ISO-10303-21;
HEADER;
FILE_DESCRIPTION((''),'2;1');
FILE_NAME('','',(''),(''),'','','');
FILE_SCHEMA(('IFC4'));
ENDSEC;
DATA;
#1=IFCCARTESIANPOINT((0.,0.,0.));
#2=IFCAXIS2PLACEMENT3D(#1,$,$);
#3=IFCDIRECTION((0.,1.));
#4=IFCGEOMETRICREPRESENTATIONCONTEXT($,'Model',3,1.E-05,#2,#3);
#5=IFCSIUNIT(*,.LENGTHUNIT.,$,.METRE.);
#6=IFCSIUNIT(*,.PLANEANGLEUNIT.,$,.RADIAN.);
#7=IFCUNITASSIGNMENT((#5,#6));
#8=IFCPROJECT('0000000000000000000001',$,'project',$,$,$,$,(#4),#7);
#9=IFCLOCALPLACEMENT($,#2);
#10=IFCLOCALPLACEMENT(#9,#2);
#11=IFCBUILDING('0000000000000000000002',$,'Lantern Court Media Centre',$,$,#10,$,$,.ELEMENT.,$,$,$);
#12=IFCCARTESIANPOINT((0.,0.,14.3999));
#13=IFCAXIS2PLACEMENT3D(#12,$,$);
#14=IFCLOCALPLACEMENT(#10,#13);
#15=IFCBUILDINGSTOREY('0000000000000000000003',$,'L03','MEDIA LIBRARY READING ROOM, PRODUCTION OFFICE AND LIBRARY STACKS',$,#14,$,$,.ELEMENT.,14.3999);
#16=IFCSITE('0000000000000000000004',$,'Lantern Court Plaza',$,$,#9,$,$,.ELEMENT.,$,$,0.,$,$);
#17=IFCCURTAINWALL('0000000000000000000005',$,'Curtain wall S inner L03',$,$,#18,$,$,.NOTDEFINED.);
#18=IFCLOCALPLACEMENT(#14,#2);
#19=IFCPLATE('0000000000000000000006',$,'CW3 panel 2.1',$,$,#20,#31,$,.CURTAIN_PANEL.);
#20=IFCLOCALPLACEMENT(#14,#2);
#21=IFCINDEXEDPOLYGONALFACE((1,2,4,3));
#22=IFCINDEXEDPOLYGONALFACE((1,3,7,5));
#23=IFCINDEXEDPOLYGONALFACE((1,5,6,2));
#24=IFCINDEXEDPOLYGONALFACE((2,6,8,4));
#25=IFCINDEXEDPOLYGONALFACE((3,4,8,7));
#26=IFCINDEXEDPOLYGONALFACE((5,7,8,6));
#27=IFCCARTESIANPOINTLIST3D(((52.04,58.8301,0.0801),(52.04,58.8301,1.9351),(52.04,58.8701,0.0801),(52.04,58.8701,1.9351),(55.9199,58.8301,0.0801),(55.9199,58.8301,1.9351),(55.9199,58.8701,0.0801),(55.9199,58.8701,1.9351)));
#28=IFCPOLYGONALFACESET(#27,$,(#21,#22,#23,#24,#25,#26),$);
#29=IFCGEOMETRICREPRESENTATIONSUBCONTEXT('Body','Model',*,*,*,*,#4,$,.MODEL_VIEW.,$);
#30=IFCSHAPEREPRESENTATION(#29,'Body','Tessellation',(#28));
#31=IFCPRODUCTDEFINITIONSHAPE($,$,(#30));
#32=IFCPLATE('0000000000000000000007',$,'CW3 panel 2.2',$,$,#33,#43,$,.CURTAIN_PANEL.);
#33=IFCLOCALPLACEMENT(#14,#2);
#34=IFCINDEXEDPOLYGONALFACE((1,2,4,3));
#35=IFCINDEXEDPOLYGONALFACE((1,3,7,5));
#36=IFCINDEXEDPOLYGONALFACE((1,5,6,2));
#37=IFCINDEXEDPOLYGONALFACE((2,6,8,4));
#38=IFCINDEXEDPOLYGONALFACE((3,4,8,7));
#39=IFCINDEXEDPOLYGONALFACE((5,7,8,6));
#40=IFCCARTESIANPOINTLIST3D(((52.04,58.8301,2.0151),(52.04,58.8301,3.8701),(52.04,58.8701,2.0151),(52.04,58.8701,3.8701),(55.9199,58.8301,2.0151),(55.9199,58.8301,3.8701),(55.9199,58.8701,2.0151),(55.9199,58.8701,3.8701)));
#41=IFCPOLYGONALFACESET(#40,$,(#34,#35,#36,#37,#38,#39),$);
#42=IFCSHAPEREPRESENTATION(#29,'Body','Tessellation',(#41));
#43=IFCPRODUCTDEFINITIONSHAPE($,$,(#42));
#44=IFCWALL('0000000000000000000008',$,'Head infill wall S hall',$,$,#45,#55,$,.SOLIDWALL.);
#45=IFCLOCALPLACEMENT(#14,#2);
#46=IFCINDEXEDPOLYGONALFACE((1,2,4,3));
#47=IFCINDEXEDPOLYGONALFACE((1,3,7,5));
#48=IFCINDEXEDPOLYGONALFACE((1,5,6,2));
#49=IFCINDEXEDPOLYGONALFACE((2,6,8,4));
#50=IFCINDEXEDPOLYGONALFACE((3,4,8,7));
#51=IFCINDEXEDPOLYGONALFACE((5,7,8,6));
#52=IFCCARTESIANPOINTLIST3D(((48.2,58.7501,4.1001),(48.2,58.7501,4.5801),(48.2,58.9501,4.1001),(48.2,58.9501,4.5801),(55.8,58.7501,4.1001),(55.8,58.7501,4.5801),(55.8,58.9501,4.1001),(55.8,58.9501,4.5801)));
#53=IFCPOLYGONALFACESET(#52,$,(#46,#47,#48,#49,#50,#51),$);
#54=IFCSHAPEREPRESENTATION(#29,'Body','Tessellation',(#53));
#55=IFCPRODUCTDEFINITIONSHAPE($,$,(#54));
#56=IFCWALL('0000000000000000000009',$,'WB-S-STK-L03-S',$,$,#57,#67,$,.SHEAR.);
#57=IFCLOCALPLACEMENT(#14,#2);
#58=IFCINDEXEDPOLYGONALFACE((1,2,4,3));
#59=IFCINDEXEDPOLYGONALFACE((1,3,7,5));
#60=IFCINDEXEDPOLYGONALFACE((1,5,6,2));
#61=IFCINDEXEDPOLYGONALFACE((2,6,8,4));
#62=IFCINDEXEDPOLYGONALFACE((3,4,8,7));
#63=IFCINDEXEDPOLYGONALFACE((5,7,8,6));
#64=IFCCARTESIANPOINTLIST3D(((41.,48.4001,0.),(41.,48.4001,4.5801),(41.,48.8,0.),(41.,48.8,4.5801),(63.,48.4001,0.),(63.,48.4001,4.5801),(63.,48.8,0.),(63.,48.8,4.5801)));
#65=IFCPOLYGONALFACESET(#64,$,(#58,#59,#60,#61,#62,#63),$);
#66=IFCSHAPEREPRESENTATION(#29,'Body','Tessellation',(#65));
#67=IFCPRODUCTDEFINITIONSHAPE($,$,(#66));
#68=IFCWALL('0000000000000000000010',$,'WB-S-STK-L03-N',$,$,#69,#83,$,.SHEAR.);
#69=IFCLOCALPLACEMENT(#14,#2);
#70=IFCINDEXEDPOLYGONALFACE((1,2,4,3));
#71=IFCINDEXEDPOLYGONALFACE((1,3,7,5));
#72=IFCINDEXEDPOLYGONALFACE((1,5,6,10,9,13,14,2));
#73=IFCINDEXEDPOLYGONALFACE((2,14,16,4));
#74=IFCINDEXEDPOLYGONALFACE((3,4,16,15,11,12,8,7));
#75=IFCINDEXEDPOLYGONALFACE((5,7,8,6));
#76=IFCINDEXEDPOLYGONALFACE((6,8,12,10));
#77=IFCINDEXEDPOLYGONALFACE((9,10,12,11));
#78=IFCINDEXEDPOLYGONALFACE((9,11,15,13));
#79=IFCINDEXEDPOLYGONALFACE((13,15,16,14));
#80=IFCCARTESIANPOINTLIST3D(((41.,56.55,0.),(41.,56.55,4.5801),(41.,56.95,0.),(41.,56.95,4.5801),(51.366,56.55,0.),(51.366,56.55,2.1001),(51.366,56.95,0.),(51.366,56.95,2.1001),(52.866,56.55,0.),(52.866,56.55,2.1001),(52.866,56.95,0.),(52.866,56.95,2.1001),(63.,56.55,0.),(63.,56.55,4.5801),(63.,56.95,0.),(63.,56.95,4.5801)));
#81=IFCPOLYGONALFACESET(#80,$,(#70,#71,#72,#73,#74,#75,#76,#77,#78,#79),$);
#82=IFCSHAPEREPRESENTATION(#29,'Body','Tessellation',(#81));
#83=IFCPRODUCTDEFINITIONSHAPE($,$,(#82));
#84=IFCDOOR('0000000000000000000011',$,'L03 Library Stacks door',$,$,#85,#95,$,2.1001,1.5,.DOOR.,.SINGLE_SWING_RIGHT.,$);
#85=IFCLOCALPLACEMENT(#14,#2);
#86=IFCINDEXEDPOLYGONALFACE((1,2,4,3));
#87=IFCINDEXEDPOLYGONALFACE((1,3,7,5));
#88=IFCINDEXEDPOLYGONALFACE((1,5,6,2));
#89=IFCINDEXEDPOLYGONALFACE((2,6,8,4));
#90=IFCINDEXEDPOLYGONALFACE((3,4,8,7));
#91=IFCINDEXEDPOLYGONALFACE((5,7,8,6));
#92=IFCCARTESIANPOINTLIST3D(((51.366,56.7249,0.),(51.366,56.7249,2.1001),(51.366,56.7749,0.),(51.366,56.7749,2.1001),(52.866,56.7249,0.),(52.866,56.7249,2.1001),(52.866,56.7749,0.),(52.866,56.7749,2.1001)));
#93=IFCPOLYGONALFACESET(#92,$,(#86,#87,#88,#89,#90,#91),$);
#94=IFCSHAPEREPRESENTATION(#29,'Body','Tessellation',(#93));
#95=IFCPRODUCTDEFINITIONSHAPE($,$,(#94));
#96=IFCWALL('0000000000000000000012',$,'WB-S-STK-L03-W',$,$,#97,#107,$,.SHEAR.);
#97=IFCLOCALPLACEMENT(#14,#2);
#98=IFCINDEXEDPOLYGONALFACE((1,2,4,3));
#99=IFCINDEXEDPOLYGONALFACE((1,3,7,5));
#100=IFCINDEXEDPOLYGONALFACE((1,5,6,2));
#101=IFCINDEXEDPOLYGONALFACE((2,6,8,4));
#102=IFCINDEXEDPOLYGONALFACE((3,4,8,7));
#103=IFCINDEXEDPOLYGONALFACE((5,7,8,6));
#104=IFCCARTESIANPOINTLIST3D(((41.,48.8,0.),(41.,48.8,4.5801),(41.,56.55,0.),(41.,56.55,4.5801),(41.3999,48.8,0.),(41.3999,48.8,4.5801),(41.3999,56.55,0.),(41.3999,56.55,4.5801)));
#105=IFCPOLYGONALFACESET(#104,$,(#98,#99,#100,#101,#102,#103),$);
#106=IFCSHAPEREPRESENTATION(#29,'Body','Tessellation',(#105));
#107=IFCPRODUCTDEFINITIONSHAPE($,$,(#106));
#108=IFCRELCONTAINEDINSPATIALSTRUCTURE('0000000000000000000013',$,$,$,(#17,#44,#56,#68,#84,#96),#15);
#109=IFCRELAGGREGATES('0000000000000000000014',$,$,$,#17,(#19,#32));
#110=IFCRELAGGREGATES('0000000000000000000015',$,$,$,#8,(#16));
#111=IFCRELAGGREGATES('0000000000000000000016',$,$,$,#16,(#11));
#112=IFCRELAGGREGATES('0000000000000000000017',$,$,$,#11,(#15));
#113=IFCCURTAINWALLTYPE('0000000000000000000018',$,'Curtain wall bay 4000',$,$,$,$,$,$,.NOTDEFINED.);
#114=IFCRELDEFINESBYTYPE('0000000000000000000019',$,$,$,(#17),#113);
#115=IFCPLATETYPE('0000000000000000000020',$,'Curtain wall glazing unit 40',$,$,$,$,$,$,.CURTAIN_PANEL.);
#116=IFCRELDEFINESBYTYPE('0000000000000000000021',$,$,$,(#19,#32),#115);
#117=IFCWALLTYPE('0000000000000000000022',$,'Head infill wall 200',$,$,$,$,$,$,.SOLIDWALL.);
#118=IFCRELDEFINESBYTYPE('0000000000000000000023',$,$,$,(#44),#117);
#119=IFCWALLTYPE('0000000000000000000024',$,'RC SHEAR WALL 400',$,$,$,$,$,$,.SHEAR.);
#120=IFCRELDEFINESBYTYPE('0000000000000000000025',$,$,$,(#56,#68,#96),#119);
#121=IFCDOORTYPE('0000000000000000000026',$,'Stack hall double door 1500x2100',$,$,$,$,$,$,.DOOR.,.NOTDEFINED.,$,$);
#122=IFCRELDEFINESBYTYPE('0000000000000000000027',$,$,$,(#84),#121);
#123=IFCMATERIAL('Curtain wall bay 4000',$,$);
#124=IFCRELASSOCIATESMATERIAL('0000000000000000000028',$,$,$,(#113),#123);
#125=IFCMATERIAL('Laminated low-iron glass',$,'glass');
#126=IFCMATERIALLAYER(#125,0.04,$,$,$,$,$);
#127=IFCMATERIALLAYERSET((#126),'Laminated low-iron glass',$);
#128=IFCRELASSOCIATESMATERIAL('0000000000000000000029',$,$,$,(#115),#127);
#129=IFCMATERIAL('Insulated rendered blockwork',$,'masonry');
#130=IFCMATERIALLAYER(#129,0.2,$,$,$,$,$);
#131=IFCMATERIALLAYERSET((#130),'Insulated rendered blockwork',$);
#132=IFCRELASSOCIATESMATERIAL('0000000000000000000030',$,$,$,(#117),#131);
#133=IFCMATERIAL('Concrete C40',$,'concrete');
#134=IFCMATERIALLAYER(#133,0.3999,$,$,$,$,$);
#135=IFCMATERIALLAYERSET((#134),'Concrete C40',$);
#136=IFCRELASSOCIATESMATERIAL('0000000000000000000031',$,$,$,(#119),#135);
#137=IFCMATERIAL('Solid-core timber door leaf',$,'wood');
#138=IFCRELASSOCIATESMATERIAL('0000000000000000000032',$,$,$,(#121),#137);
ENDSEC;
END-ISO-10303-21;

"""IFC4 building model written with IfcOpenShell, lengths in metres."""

from ifc_helpers import new_model, si_unit, direction, frame, frame_2d, origin, origin_2d, place, context, subcontext, project, spatial, rectangle, extrude, material, layer, layer_set, type_object, element, fill, aggregate, save


model = new_model("IFC4")

# Units and contexts
model_context = context("Model", 3, precision=1e-05, world=origin(), true_north=direction((0.0, 1.0)))
body_context = subcontext(model_context, "Body", "Model", "MODEL_VIEW")
ifc_project = project(units=[si_unit("LENGTHUNIT", "METRE"), si_unit("PLANEANGLEUNIT", "RADIAN")], contexts=[model_context])

# Site, building, storey
site_placement = place(None, origin())
site = spatial("IfcSite", under=ifc_project, at=site_placement, Name="Lantern Court Plaza", CompositionType="ELEMENT", RefElevation=0.0)
building_placement = place(site_placement, origin())
building = spatial("IfcBuilding", under=site, at=building_placement, Name="Lantern Court Media Centre", CompositionType="ELEMENT")
storey_placement = place(building_placement, frame((0.0, 0.0, 14.3999)))
storey = spatial("IfcBuildingStorey", under=building, at=storey_placement, Name="L03", Description="MEDIA LIBRARY READING ROOM, PRODUCTION OFFICE AND LIBRARY STACKS", CompositionType="ELEMENT", Elevation=14.3999)

# Curtain wall
ifc_material_1 = material(Name="Curtain wall bay 4000")
curtain_wall_type = type_object("IfcCurtainWallType", Name="Curtain wall bay 4000", PredefinedType="NOTDEFINED", material=ifc_material_1)
curtain_wall_1_placement = place(storey_placement, origin())
curtain_wall_1 = element("IfcCurtainWall", 1, at=curtain_wall_1_placement, inside=storey, type_object=curtain_wall_type, Name="Curtain wall S inner L03", PredefinedType="NOTDEFINED")

# Plates
ifc_material_2 = material(Name="Laminated low-iron glass", Category="glass")
ifc_layer_1 = layer(ifc_material_2, 0.04)
ifc_layer_set_1 = layer_set([ifc_layer_1], Name="Laminated low-iron glass")
plate_type = type_object("IfcPlateType", Name="Curtain wall glazing unit 40", PredefinedType="CURTAIN_PANEL", material=ifc_layer_set_1)
plate_1_placement = place(storey_placement, frame((53.98, 58.8501, 0.0801), z_axis=(0.0, 0.0, 1.0), x_axis=(1.0, 0.0, 0.0)))
plate_1 = element("IfcPlate", 2, at=plate_1_placement, type_object=plate_type, Name="CW3 panel 2.1", PredefinedType="CURTAIN_PANEL", context=body_context, shape_type="SweptSolid", body=[
    extrude(rectangle(XDim=3.8799, YDim=0.04, at=origin_2d()), origin(), (0.0, 0.0, 1.0), 1.855),
])
plate_2_placement = place(storey_placement, frame((53.98, 58.8501, 2.0151), z_axis=(0.0, 0.0, 1.0), x_axis=(1.0, 0.0, 0.0)))
plate_2 = element("IfcPlate", 3, at=plate_2_placement, type_object=plate_type, Name="CW3 panel 2.2", PredefinedType="CURTAIN_PANEL", context=body_context, shape_type="SweptSolid", body=[
    extrude(rectangle(XDim=3.8799, YDim=0.04, at=origin_2d()), origin(), (0.0, 0.0, 1.0), 1.855),
])
aggregate(curtain_wall_1, [plate_1, plate_2])

# Walls
ifc_material_3 = material(Name="Insulated rendered blockwork", Category="masonry")
ifc_layer_2 = layer(ifc_material_3, 0.2)
ifc_layer_set_2 = layer_set([ifc_layer_2], Name="Insulated rendered blockwork")
wall_type_1 = type_object("IfcWallType", Name="Head infill wall 200", PredefinedType="SOLIDWALL", material=ifc_layer_set_2)
wall_1_placement = place(storey_placement, frame((48.2, 58.8501, 4.1001), z_axis=(0.0, 0.0, 1.0), x_axis=(1.0, 0.0, 0.0)))
element("IfcWall", 4, at=wall_1_placement, inside=storey, type_object=wall_type_1, Name="Head infill wall S hall", PredefinedType="SOLIDWALL", context=body_context, shape_type="SweptSolid", body=[
    extrude(rectangle(XDim=7.6001, YDim=0.2, at=frame_2d((3.8, 0.0))), origin(), (0.0, 0.0, 1.0), 0.48),
])
ifc_material_4 = material(Name="Concrete C40", Category="concrete")
ifc_layer_3 = layer(ifc_material_4, 0.3999)
ifc_layer_set_3 = layer_set([ifc_layer_3], Name="Concrete C40")
wall_type_2 = type_object("IfcWallType", Name="RC SHEAR WALL 400", PredefinedType="SHEAR", material=ifc_layer_set_3)
wall_2_placement = place(storey_placement, frame((41.0, 48.6001, 0.0), z_axis=(0.0, 0.0, 1.0), x_axis=(1.0, 0.0, 0.0)))
element("IfcWall", 5, at=wall_2_placement, inside=storey, type_object=wall_type_2, Name="WB-S-STK-L03-S", PredefinedType="SHEAR", context=body_context, shape_type="SweptSolid", body=[
    extrude(rectangle(XDim=22.0, YDim=0.3999, at=frame_2d((11.0, 0.0))), origin(), (0.0, 0.0, 1.0), 4.5801),
])

# Wall, opening, door
wall_3_placement = place(storey_placement, frame((41.0, 56.75, 0.0), z_axis=(0.0, 0.0, 1.0), x_axis=(1.0, 0.0, 0.0)))
wall_3 = element("IfcWall", 6, at=wall_3_placement, inside=storey, type_object=wall_type_2, Name="WB-S-STK-L03-N", PredefinedType="SHEAR", context=body_context, shape_type="SweptSolid", body=[
    extrude(rectangle(XDim=22.0, YDim=0.3999, at=frame_2d((11.0, 0.0))), origin(), (0.0, 0.0, 1.0), 4.5801),
])
opening_placement = place(wall_3_placement, frame((10.366, 0.0, 0.0)))
opening = element("IfcOpeningElement", 7, at=opening_placement, cuts=wall_3, PredefinedType="OPENING", context=body_context, shape_type="SweptSolid", body=[
    extrude(rectangle(XDim=1.5, YDim=2.1001, at=frame_2d((0.75, 1.05))), frame((0.0, 0.21, 0.0), z_axis=(0.0, -1.0, 0.0), x_axis=(1.0, 0.0, 0.0)), (0.0, 0.0, 1.0), 0.4199),
])
ifc_material_5 = material(Name="Solid-core timber door leaf", Category="wood")
door_type = type_object("IfcDoorType", Name="Stack hall double door 1500x2100", OperationType="NOTDEFINED", PredefinedType="DOOR", material=ifc_material_5)
door_placement = place(opening_placement, origin())
door = element("IfcDoor", 8, at=door_placement, inside=storey, type_object=door_type, Name="L03 Library Stacks door", OperationType="SINGLE_SWING_RIGHT", OverallHeight=2.1001, OverallWidth=1.5, PredefinedType="DOOR", context=body_context, shape_type="SweptSolid", body=[
    extrude(rectangle(XDim=1.5, YDim=2.1001, at=frame_2d((0.75, 1.05))), frame((0.0, 0.0249, 0.0), z_axis=(0.0, -1.0, 0.0), x_axis=(1.0, 0.0, 0.0)), (0.0, 0.0, 1.0), 0.05),
])
fill(opening, door)

# Wall
wall_4_placement = place(storey_placement, frame((41.2, 48.8, 0.0), z_axis=(0.0, 0.0, 1.0), x_axis=(0.0, 1.0, 0.0)))
element("IfcWall", 9, at=wall_4_placement, inside=storey, type_object=wall_type_2, Name="WB-S-STK-L03-W", PredefinedType="SHEAR", context=body_context, shape_type="SweptSolid", body=[
    extrude(rectangle(XDim=7.75, YDim=0.3999, at=frame_2d((3.875, 0.0))), origin(), (0.0, 0.0, 1.0), 4.5801),
])

save(model, "model.ifc")
